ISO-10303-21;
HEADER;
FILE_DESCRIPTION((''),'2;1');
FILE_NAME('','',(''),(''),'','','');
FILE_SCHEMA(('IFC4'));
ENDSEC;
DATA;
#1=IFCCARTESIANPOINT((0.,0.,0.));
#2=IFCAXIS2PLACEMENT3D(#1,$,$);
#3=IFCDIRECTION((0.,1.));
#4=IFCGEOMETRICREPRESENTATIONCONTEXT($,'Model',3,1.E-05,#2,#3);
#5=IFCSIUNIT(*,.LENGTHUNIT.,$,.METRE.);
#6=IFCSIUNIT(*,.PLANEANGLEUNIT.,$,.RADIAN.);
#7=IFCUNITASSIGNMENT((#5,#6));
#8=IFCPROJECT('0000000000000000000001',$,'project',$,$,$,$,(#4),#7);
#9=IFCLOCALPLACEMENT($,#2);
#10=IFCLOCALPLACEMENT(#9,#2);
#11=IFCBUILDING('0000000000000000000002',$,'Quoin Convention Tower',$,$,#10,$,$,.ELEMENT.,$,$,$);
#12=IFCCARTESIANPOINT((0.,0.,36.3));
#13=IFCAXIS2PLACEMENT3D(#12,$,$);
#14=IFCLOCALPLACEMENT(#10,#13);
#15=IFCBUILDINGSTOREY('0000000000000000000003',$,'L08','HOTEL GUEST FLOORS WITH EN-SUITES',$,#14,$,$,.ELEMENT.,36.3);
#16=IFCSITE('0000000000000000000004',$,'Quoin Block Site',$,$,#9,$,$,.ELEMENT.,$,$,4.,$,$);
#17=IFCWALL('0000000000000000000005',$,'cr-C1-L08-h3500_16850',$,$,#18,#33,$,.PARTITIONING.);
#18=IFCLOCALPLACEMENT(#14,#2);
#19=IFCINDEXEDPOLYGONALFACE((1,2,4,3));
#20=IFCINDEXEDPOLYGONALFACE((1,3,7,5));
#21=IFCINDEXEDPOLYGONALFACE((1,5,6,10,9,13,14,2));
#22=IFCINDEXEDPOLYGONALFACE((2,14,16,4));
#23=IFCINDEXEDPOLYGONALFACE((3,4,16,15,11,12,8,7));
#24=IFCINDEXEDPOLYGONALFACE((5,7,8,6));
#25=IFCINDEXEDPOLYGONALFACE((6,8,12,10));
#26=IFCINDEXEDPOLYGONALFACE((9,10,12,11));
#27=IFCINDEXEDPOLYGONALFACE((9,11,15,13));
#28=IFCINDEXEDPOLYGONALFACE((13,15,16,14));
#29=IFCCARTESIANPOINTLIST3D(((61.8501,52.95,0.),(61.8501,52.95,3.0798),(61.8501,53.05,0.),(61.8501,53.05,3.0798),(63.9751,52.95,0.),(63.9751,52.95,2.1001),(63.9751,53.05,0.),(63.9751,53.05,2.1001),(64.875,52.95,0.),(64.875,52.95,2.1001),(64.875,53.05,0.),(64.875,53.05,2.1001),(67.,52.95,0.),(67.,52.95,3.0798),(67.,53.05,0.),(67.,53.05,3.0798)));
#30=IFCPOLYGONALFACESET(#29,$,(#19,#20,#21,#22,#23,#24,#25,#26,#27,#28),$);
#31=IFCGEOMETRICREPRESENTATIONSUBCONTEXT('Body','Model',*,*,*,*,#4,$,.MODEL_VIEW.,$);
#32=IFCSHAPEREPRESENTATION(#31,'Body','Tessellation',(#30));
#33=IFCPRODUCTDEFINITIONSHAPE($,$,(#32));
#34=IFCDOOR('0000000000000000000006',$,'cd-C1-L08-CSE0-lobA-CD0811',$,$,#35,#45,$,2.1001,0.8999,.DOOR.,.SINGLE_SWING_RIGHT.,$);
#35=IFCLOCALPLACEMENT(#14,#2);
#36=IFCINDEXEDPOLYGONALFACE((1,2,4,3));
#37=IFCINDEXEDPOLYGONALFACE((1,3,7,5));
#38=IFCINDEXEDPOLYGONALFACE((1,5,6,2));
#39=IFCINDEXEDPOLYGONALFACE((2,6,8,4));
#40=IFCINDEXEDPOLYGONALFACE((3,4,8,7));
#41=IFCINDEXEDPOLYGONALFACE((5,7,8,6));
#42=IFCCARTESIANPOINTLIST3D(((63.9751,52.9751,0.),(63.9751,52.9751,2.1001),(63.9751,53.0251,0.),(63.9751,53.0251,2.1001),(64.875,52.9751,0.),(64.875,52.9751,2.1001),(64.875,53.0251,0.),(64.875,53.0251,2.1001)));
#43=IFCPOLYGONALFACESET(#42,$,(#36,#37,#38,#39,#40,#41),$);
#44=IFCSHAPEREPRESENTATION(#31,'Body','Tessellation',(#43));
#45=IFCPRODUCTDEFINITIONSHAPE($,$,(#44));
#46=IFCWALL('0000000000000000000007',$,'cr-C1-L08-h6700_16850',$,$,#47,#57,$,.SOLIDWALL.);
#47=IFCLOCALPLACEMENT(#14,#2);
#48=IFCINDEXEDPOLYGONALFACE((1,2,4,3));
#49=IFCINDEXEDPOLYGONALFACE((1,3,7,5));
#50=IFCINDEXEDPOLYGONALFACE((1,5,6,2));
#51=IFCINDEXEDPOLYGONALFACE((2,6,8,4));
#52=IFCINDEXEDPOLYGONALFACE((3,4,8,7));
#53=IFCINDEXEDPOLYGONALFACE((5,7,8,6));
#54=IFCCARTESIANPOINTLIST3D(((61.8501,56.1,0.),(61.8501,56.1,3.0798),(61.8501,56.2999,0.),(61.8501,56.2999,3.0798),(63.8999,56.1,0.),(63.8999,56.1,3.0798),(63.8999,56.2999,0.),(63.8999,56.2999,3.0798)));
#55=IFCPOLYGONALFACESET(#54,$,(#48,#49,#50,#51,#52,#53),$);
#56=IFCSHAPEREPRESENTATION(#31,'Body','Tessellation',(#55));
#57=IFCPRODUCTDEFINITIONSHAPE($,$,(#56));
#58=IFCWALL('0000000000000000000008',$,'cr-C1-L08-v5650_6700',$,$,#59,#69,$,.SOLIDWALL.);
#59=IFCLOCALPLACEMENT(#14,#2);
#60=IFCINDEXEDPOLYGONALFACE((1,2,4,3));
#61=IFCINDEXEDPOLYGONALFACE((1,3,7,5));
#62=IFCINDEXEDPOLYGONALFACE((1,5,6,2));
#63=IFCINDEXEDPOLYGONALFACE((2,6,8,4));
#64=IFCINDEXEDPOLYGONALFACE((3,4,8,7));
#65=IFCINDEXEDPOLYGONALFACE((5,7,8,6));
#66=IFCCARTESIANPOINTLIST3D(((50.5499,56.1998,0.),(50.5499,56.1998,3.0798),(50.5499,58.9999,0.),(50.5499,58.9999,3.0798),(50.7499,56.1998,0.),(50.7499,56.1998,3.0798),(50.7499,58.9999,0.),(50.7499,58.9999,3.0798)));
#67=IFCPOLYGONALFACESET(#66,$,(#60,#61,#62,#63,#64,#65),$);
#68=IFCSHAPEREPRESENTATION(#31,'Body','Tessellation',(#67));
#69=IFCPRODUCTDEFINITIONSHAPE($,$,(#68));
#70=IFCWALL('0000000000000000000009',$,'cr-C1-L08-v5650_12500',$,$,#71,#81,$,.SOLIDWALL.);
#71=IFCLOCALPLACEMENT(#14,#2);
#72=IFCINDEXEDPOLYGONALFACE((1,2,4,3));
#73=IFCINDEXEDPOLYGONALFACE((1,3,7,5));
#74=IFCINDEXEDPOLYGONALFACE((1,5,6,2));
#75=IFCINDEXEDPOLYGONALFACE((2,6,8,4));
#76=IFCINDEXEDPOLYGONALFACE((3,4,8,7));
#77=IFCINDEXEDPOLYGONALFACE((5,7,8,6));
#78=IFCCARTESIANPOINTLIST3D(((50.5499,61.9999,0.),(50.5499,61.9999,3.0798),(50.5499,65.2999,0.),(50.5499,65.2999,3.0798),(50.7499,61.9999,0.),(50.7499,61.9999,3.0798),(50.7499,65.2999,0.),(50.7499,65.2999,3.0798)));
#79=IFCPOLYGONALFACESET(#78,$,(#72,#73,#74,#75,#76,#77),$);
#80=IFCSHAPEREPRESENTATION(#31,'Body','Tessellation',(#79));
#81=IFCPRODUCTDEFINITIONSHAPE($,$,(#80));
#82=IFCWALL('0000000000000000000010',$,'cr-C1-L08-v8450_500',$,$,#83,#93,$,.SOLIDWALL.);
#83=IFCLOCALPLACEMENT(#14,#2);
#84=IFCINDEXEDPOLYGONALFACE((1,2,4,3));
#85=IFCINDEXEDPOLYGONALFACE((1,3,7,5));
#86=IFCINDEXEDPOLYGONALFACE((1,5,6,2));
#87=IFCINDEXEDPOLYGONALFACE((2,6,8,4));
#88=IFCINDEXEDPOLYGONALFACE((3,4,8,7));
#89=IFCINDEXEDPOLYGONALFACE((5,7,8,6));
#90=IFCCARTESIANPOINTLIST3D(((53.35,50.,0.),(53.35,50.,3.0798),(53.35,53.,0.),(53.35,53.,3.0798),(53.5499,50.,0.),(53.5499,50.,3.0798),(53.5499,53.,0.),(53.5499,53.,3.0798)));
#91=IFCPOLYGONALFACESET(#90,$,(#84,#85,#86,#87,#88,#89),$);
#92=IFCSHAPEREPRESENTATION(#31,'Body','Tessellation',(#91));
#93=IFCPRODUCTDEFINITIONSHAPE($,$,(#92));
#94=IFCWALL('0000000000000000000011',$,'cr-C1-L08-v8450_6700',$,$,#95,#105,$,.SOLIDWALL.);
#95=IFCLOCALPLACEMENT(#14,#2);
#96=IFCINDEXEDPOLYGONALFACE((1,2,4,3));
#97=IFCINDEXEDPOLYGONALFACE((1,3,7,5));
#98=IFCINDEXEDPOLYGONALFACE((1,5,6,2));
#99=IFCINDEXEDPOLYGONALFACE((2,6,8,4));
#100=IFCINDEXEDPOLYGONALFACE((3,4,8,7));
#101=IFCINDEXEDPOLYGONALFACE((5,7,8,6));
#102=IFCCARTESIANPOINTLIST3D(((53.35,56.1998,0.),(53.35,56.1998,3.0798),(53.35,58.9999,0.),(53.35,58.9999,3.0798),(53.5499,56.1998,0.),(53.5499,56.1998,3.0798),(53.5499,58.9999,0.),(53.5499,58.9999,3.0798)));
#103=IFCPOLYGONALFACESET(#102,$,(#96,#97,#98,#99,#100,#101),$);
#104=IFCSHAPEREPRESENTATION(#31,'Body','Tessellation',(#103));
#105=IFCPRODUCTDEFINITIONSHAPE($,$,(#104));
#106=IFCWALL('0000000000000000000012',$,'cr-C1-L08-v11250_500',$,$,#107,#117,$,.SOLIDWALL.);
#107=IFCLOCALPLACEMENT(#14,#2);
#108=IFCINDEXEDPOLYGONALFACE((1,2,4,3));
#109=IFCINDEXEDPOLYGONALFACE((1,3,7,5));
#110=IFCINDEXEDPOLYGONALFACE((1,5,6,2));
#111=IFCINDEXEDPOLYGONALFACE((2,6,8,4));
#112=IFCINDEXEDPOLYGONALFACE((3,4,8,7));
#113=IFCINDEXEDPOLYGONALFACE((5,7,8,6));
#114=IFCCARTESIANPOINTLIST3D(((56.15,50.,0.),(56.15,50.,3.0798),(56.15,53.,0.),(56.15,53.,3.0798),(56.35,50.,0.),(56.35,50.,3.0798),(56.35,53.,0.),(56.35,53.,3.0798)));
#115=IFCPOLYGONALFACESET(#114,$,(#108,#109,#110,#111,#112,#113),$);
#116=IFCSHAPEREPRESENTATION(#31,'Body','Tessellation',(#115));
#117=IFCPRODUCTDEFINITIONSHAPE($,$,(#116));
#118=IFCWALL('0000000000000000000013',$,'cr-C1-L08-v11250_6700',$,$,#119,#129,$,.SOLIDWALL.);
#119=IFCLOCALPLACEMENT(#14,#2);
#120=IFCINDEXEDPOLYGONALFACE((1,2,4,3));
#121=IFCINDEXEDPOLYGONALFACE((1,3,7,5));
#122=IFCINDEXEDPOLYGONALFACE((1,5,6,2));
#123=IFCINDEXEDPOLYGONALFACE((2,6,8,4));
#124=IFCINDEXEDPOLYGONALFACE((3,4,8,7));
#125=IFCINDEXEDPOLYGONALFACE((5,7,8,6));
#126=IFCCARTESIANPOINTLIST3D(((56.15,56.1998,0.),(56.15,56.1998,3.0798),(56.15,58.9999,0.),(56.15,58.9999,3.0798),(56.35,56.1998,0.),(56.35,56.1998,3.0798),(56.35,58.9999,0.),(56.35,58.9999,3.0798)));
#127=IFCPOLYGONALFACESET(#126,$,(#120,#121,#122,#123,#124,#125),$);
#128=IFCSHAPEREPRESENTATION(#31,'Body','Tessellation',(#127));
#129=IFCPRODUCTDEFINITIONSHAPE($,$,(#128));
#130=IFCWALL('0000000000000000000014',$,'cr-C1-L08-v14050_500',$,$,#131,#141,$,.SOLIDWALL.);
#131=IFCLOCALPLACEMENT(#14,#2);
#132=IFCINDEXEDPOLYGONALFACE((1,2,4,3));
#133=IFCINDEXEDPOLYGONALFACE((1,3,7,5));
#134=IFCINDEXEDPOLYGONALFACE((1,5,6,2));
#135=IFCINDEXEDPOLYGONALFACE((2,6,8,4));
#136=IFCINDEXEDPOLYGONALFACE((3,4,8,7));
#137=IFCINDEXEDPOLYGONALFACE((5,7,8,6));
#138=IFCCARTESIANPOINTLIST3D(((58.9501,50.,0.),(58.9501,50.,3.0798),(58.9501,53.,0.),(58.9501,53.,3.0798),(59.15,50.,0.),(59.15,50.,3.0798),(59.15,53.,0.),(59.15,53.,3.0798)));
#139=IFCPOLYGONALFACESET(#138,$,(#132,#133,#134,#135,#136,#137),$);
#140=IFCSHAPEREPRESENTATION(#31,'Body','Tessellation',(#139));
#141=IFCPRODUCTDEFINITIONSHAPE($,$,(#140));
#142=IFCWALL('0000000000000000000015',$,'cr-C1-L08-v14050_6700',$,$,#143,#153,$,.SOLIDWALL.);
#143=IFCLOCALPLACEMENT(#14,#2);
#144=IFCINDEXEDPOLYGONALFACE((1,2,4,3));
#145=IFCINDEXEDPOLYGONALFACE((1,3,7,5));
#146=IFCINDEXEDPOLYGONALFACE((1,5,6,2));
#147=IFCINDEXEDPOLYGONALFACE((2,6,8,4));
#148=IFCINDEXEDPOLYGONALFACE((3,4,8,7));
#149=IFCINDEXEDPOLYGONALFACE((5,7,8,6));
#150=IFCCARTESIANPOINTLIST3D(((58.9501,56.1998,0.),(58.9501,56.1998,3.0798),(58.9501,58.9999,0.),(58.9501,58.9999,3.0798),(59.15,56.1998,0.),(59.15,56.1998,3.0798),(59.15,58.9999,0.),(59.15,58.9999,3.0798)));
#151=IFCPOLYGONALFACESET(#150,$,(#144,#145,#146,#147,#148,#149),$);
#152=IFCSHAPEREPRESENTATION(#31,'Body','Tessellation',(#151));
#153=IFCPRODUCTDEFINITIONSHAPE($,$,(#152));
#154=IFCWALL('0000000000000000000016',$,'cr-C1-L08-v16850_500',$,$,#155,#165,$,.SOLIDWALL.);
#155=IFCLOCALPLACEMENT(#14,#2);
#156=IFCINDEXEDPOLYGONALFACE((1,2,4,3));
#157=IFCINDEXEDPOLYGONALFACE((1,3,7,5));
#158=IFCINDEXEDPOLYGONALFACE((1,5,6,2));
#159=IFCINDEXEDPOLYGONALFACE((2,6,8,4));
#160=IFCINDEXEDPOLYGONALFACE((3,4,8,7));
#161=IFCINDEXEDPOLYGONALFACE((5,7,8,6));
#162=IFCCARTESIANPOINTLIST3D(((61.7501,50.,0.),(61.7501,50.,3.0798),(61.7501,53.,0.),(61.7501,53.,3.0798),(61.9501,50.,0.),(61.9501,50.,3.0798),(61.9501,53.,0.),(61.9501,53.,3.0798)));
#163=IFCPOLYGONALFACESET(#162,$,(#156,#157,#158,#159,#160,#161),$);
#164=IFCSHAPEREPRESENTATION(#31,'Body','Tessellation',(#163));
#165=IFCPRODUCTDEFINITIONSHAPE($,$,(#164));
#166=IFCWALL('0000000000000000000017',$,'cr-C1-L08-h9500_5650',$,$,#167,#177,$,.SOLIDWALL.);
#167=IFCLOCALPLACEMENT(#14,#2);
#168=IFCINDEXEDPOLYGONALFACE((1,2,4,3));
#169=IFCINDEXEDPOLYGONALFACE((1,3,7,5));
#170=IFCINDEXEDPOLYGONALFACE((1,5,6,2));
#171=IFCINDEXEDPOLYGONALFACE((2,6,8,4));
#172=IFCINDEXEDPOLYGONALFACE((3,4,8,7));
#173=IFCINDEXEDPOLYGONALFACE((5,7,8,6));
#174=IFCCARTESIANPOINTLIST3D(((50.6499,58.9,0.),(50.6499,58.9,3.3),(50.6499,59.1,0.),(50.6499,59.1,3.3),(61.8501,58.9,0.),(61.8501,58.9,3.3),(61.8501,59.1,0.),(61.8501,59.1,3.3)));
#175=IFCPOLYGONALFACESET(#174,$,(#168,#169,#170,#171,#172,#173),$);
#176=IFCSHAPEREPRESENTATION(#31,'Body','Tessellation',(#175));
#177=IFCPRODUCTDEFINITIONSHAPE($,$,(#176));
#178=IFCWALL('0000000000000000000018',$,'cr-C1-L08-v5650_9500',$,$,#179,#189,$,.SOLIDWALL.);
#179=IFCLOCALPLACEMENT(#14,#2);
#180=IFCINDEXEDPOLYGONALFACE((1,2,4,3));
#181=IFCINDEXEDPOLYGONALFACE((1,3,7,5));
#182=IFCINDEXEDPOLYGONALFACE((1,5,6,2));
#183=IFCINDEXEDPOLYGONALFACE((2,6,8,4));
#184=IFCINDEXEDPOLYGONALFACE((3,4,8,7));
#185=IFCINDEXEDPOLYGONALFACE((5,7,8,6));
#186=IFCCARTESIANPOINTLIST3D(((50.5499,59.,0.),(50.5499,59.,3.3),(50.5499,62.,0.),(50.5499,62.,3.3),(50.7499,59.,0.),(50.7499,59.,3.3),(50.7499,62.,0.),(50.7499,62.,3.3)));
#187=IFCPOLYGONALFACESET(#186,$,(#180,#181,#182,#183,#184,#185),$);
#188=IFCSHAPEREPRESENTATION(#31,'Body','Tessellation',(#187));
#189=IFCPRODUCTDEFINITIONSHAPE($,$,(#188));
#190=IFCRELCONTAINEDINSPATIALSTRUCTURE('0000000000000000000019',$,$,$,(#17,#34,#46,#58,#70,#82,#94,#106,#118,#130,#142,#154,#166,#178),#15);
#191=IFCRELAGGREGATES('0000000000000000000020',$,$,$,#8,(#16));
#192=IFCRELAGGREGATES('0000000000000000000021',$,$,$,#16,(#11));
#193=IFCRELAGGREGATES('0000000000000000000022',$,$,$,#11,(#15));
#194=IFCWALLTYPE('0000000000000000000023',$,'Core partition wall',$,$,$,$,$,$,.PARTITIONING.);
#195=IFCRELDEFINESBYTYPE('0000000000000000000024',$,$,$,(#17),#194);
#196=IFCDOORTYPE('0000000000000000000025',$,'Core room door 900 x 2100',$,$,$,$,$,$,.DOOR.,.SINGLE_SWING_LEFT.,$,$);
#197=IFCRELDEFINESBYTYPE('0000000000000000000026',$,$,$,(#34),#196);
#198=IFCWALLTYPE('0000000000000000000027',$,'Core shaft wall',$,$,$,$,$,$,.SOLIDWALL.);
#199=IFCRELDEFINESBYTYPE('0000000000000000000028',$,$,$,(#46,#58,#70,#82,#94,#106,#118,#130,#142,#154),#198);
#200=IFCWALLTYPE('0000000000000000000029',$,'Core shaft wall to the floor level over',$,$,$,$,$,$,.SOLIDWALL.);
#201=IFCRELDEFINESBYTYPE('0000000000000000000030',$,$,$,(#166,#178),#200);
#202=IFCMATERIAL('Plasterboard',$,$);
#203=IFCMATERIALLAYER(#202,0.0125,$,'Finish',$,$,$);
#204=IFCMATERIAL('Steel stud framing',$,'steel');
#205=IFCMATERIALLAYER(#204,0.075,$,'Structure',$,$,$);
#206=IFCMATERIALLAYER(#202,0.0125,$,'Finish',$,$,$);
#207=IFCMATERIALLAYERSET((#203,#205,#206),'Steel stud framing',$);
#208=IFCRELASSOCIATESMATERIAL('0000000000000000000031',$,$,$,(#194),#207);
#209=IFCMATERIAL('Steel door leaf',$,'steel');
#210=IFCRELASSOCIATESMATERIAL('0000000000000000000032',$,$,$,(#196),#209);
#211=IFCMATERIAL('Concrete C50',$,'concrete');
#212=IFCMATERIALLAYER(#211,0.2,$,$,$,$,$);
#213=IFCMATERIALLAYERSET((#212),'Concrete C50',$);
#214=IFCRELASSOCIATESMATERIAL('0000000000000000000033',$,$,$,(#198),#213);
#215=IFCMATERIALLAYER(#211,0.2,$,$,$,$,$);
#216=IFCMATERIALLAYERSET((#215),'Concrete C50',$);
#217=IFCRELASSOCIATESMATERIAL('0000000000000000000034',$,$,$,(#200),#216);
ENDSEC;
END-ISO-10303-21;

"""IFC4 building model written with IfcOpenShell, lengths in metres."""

from ifc_helpers import new_model, si_unit, direction, frame, frame_2d, origin, place, context, subcontext, project, spatial, rectangle, extrude, material, layer, layer_set, type_object, element, fill, save


model = new_model("IFC4")

# Units and contexts
model_context = context("Model", 3, precision=1e-05, world=origin(), true_north=direction((0.0, 1.0)))
body_context = subcontext(model_context, "Body", "Model", "MODEL_VIEW")
ifc_project = project(units=[si_unit("LENGTHUNIT", "METRE"), si_unit("PLANEANGLEUNIT", "RADIAN")], contexts=[model_context])

# Site, building, storey
site_placement = place(None, origin())
site = spatial("IfcSite", under=ifc_project, at=site_placement, Name="Quoin Block Site", CompositionType="ELEMENT", RefElevation=4.0)
building_placement = place(site_placement, origin())
building = spatial("IfcBuilding", under=site, at=building_placement, Name="Quoin Convention Tower", CompositionType="ELEMENT")
storey_placement = place(building_placement, frame((0.0, 0.0, 36.3)))
storey = spatial("IfcBuildingStorey", under=building, at=storey_placement, Name="L08", Description="HOTEL GUEST FLOORS WITH EN-SUITES", CompositionType="ELEMENT", Elevation=36.3)

# Wall, opening, door
ifc_material_1 = material(Name="Plasterboard")
ifc_layer_1 = layer(ifc_material_1, 0.0125, Name="Finish")
ifc_material_2 = material(Name="Steel stud framing", Category="steel")
ifc_layer_2 = layer(ifc_material_2, 0.075, Name="Structure")
ifc_layer_3 = layer(ifc_material_1, 0.0125, Name="Finish")
ifc_layer_set_1 = layer_set([ifc_layer_1, ifc_layer_2, ifc_layer_3], Name="Steel stud framing")
wall_type_1 = type_object("IfcWallType", Name="Core partition wall", PredefinedType="PARTITIONING", material=ifc_layer_set_1)
wall_1_placement = place(storey_placement, frame((61.8501, 53.0, 0.0), z_axis=(0.0, 0.0, 1.0), x_axis=(1.0, 0.0, 0.0)))
wall_1 = element("IfcWall", 1, at=wall_1_placement, inside=storey, type_object=wall_type_1, Name="cr-C1-L08-h3500_16850", PredefinedType="PARTITIONING", context=body_context, shape_type="SweptSolid", body=[
    extrude(rectangle(XDim=5.1499, YDim=0.1001, at=frame_2d((2.575, 0.0))), origin(), (0.0, 0.0, 1.0), 3.0798),
])
opening_1_placement = place(wall_1_placement, frame((2.125, 0.0, 0.0)))
opening_1 = element("IfcOpeningElement", 2, at=opening_1_placement, cuts=wall_1, PredefinedType="OPENING", context=body_context, shape_type="SweptSolid", body=[
    extrude(rectangle(XDim=0.8999, YDim=2.1001, at=frame_2d((0.45, 1.05))), frame((0.0, 0.0601, 0.0), z_axis=(0.0, -1.0, 0.0), x_axis=(1.0, 0.0, 0.0)), (0.0, 0.0, 1.0), 0.1201),
])
ifc_material_3 = material(Name="Steel door leaf", Category="steel")
door_type_1 = type_object("IfcDoorType", Name="Core room door 900 x 2100", OperationType="SINGLE_SWING_LEFT", PredefinedType="DOOR", material=ifc_material_3)
door_1_placement = place(opening_1_placement, frame((0.8999, 0.0, 0.0), z_axis=(0.0, 0.0, 1.0), x_axis=(-1.0, 0.0, 0.0)))
door_1 = element("IfcDoor", 3, at=door_1_placement, inside=storey, type_object=door_type_1, Name="cd-C1-L08-CSE0-lobA-CD0811", OperationType="SINGLE_SWING_RIGHT", OverallHeight=2.1001, OverallWidth=0.8999, PredefinedType="DOOR", context=body_context, shape_type="SweptSolid", body=[
    extrude(rectangle(XDim=0.8999, YDim=2.1001, at=frame_2d((0.45, 1.05))), frame((0.0, 0.0249, 0.0), z_axis=(0.0, -1.0, 0.0), x_axis=(1.0, 0.0, 0.0)), (0.0, 0.0, 1.0), 0.05),
])
fill(opening_1, door_1)

# Walls
ifc_material_4 = material(Name="Concrete C50", Category="concrete")
ifc_layer_4 = layer(ifc_material_4, 0.2)
ifc_layer_set_2 = layer_set([ifc_layer_4], Name="Concrete C50")
wall_type_2 = type_object("IfcWallType", Name="Core shaft wall", PredefinedType="SOLIDWALL", material=ifc_layer_set_2)
wall_2_placement = place(storey_placement, frame((61.8501, 56.2, 0.0), z_axis=(0.0, 0.0, 1.0), x_axis=(1.0, 0.0, 0.0)))
element("IfcWall", 4, at=wall_2_placement, inside=storey, type_object=wall_type_2, Name="cr-C1-L08-h6700_16850", PredefinedType="SOLIDWALL", context=body_context, shape_type="SweptSolid", body=[
    extrude(rectangle(XDim=2.0498, YDim=0.2, at=frame_2d((1.0249, 0.0))), origin(), (0.0, 0.0, 1.0), 3.0798),
])
wall_3_placement = place(storey_placement, frame((50.6499, 56.2, 0.0), z_axis=(0.0, 0.0, 1.0), x_axis=(0.0, 1.0, 0.0)))
element("IfcWall", 5, at=wall_3_placement, inside=storey, type_object=wall_type_2, Name="cr-C1-L08-v5650_6700", PredefinedType="SOLIDWALL", context=body_context, shape_type="SweptSolid", body=[
    extrude(rectangle(XDim=2.8, YDim=0.2, at=frame_2d((1.3999, 0.0))), origin(), (0.0, 0.0, 1.0), 3.0798),
])
wall_4_placement = place(storey_placement, frame((50.6499, 62.0, 0.0), z_axis=(0.0, 0.0, 1.0), x_axis=(0.0, 1.0, 0.0)))
element("IfcWall", 6, at=wall_4_placement, inside=storey, type_object=wall_type_2, Name="cr-C1-L08-v5650_12500", PredefinedType="SOLIDWALL", context=body_context, shape_type="SweptSolid", body=[
    extrude(rectangle(XDim=3.3, YDim=0.2, at=frame_2d((1.6499, 0.0))), origin(), (0.0, 0.0, 1.0), 3.0798),
])
wall_5_placement = place(storey_placement, frame((53.45, 50.0, 0.0), z_axis=(0.0, 0.0, 1.0), x_axis=(0.0, 1.0, 0.0)))
element("IfcWall", 7, at=wall_5_placement, inside=storey, type_object=wall_type_2, Name="cr-C1-L08-v8450_500", PredefinedType="SOLIDWALL", context=body_context, shape_type="SweptSolid", body=[
    extrude(rectangle(XDim=3.0, YDim=0.2, at=frame_2d((1.5, 0.0))), origin(), (0.0, 0.0, 1.0), 3.0798),
])
wall_6_placement = place(storey_placement, frame((53.45, 56.2, 0.0), z_axis=(0.0, 0.0, 1.0), x_axis=(0.0, 1.0, 0.0)))
element("IfcWall", 8, at=wall_6_placement, inside=storey, type_object=wall_type_2, Name="cr-C1-L08-v8450_6700", PredefinedType="SOLIDWALL", context=body_context, shape_type="SweptSolid", body=[
    extrude(rectangle(XDim=2.8, YDim=0.2, at=frame_2d((1.3999, 0.0))), origin(), (0.0, 0.0, 1.0), 3.0798),
])
wall_7_placement = place(storey_placement, frame((56.25, 50.0, 0.0), z_axis=(0.0, 0.0, 1.0), x_axis=(0.0, 1.0, 0.0)))
element("IfcWall", 9, at=wall_7_placement, inside=storey, type_object=wall_type_2, Name="cr-C1-L08-v11250_500", PredefinedType="SOLIDWALL", context=body_context, shape_type="SweptSolid", body=[
    extrude(rectangle(XDim=3.0, YDim=0.2, at=frame_2d((1.5, 0.0))), origin(), (0.0, 0.0, 1.0), 3.0798),
])
wall_8_placement = place(storey_placement, frame((56.25, 56.2, 0.0), z_axis=(0.0, 0.0, 1.0), x_axis=(0.0, 1.0, 0.0)))
element("IfcWall", 10, at=wall_8_placement, inside=storey, type_object=wall_type_2, Name="cr-C1-L08-v11250_6700", PredefinedType="SOLIDWALL", context=body_context, shape_type="SweptSolid", body=[
    extrude(rectangle(XDim=2.8, YDim=0.2, at=frame_2d((1.3999, 0.0))), origin(), (0.0, 0.0, 1.0), 3.0798),
])
wall_9_placement = place(storey_placement, frame((59.05, 50.0, 0.0), z_axis=(0.0, 0.0, 1.0), x_axis=(0.0, 1.0, 0.0)))
element("IfcWall", 11, at=wall_9_placement, inside=storey, type_object=wall_type_2, Name="cr-C1-L08-v14050_500", PredefinedType="SOLIDWALL", context=body_context, shape_type="SweptSolid", body=[
    extrude(rectangle(XDim=3.0, YDim=0.2, at=frame_2d((1.5, 0.0))), origin(), (0.0, 0.0, 1.0), 3.0798),
])
wall_10_placement = place(storey_placement, frame((59.05, 56.2, 0.0), z_axis=(0.0, 0.0, 1.0), x_axis=(0.0, 1.0, 0.0)))
element("IfcWall", 12, at=wall_10_placement, inside=storey, type_object=wall_type_2, Name="cr-C1-L08-v14050_6700", PredefinedType="SOLIDWALL", context=body_context, shape_type="SweptSolid", body=[
    extrude(rectangle(XDim=2.8, YDim=0.2, at=frame_2d((1.3999, 0.0))), origin(), (0.0, 0.0, 1.0), 3.0798),
])
wall_11_placement = place(storey_placement, frame((61.8501, 50.0, 0.0), z_axis=(0.0, 0.0, 1.0), x_axis=(0.0, 1.0, 0.0)))
element("IfcWall", 13, at=wall_11_placement, inside=storey, type_object=wall_type_2, Name="cr-C1-L08-v16850_500", PredefinedType="SOLIDWALL", context=body_context, shape_type="SweptSolid", body=[
    extrude(rectangle(XDim=3.0, YDim=0.2, at=frame_2d((1.5, 0.0))), origin(), (0.0, 0.0, 1.0), 3.0798),
])
ifc_layer_5 = layer(ifc_material_4, 0.2)
ifc_layer_set_3 = layer_set([ifc_layer_5], Name="Concrete C50")
wall_type_3 = type_object("IfcWallType", Name="Core shaft wall to the floor level over", PredefinedType="SOLIDWALL", material=ifc_layer_set_3)
wall_12_placement = place(storey_placement, frame((50.6499, 59.0, 0.0), z_axis=(0.0, 0.0, 1.0), x_axis=(1.0, 0.0, 0.0)))
element("IfcWall", 14, at=wall_12_placement, inside=storey, type_object=wall_type_3, Name="cr-C1-L08-h9500_5650", PredefinedType="SOLIDWALL", context=body_context, shape_type="SweptSolid", body=[
    extrude(rectangle(XDim=11.2002, YDim=0.2, at=frame_2d((5.6001, 0.0))), origin(), (0.0, 0.0, 1.0), 3.3),
])
wall_13_placement = place(storey_placement, frame((50.6499, 59.0, 0.0), z_axis=(0.0, 0.0, 1.0), x_axis=(0.0, 1.0, 0.0)))
element("IfcWall", 15, at=wall_13_placement, inside=storey, type_object=wall_type_3, Name="cr-C1-L08-v5650_9500", PredefinedType="SOLIDWALL", context=body_context, shape_type="SweptSolid", body=[
    extrude(rectangle(XDim=3.0, YDim=0.2, at=frame_2d((1.5, 0.0))), origin(), (0.0, 0.0, 1.0), 3.3),
])

save(model, "model.ifc")
